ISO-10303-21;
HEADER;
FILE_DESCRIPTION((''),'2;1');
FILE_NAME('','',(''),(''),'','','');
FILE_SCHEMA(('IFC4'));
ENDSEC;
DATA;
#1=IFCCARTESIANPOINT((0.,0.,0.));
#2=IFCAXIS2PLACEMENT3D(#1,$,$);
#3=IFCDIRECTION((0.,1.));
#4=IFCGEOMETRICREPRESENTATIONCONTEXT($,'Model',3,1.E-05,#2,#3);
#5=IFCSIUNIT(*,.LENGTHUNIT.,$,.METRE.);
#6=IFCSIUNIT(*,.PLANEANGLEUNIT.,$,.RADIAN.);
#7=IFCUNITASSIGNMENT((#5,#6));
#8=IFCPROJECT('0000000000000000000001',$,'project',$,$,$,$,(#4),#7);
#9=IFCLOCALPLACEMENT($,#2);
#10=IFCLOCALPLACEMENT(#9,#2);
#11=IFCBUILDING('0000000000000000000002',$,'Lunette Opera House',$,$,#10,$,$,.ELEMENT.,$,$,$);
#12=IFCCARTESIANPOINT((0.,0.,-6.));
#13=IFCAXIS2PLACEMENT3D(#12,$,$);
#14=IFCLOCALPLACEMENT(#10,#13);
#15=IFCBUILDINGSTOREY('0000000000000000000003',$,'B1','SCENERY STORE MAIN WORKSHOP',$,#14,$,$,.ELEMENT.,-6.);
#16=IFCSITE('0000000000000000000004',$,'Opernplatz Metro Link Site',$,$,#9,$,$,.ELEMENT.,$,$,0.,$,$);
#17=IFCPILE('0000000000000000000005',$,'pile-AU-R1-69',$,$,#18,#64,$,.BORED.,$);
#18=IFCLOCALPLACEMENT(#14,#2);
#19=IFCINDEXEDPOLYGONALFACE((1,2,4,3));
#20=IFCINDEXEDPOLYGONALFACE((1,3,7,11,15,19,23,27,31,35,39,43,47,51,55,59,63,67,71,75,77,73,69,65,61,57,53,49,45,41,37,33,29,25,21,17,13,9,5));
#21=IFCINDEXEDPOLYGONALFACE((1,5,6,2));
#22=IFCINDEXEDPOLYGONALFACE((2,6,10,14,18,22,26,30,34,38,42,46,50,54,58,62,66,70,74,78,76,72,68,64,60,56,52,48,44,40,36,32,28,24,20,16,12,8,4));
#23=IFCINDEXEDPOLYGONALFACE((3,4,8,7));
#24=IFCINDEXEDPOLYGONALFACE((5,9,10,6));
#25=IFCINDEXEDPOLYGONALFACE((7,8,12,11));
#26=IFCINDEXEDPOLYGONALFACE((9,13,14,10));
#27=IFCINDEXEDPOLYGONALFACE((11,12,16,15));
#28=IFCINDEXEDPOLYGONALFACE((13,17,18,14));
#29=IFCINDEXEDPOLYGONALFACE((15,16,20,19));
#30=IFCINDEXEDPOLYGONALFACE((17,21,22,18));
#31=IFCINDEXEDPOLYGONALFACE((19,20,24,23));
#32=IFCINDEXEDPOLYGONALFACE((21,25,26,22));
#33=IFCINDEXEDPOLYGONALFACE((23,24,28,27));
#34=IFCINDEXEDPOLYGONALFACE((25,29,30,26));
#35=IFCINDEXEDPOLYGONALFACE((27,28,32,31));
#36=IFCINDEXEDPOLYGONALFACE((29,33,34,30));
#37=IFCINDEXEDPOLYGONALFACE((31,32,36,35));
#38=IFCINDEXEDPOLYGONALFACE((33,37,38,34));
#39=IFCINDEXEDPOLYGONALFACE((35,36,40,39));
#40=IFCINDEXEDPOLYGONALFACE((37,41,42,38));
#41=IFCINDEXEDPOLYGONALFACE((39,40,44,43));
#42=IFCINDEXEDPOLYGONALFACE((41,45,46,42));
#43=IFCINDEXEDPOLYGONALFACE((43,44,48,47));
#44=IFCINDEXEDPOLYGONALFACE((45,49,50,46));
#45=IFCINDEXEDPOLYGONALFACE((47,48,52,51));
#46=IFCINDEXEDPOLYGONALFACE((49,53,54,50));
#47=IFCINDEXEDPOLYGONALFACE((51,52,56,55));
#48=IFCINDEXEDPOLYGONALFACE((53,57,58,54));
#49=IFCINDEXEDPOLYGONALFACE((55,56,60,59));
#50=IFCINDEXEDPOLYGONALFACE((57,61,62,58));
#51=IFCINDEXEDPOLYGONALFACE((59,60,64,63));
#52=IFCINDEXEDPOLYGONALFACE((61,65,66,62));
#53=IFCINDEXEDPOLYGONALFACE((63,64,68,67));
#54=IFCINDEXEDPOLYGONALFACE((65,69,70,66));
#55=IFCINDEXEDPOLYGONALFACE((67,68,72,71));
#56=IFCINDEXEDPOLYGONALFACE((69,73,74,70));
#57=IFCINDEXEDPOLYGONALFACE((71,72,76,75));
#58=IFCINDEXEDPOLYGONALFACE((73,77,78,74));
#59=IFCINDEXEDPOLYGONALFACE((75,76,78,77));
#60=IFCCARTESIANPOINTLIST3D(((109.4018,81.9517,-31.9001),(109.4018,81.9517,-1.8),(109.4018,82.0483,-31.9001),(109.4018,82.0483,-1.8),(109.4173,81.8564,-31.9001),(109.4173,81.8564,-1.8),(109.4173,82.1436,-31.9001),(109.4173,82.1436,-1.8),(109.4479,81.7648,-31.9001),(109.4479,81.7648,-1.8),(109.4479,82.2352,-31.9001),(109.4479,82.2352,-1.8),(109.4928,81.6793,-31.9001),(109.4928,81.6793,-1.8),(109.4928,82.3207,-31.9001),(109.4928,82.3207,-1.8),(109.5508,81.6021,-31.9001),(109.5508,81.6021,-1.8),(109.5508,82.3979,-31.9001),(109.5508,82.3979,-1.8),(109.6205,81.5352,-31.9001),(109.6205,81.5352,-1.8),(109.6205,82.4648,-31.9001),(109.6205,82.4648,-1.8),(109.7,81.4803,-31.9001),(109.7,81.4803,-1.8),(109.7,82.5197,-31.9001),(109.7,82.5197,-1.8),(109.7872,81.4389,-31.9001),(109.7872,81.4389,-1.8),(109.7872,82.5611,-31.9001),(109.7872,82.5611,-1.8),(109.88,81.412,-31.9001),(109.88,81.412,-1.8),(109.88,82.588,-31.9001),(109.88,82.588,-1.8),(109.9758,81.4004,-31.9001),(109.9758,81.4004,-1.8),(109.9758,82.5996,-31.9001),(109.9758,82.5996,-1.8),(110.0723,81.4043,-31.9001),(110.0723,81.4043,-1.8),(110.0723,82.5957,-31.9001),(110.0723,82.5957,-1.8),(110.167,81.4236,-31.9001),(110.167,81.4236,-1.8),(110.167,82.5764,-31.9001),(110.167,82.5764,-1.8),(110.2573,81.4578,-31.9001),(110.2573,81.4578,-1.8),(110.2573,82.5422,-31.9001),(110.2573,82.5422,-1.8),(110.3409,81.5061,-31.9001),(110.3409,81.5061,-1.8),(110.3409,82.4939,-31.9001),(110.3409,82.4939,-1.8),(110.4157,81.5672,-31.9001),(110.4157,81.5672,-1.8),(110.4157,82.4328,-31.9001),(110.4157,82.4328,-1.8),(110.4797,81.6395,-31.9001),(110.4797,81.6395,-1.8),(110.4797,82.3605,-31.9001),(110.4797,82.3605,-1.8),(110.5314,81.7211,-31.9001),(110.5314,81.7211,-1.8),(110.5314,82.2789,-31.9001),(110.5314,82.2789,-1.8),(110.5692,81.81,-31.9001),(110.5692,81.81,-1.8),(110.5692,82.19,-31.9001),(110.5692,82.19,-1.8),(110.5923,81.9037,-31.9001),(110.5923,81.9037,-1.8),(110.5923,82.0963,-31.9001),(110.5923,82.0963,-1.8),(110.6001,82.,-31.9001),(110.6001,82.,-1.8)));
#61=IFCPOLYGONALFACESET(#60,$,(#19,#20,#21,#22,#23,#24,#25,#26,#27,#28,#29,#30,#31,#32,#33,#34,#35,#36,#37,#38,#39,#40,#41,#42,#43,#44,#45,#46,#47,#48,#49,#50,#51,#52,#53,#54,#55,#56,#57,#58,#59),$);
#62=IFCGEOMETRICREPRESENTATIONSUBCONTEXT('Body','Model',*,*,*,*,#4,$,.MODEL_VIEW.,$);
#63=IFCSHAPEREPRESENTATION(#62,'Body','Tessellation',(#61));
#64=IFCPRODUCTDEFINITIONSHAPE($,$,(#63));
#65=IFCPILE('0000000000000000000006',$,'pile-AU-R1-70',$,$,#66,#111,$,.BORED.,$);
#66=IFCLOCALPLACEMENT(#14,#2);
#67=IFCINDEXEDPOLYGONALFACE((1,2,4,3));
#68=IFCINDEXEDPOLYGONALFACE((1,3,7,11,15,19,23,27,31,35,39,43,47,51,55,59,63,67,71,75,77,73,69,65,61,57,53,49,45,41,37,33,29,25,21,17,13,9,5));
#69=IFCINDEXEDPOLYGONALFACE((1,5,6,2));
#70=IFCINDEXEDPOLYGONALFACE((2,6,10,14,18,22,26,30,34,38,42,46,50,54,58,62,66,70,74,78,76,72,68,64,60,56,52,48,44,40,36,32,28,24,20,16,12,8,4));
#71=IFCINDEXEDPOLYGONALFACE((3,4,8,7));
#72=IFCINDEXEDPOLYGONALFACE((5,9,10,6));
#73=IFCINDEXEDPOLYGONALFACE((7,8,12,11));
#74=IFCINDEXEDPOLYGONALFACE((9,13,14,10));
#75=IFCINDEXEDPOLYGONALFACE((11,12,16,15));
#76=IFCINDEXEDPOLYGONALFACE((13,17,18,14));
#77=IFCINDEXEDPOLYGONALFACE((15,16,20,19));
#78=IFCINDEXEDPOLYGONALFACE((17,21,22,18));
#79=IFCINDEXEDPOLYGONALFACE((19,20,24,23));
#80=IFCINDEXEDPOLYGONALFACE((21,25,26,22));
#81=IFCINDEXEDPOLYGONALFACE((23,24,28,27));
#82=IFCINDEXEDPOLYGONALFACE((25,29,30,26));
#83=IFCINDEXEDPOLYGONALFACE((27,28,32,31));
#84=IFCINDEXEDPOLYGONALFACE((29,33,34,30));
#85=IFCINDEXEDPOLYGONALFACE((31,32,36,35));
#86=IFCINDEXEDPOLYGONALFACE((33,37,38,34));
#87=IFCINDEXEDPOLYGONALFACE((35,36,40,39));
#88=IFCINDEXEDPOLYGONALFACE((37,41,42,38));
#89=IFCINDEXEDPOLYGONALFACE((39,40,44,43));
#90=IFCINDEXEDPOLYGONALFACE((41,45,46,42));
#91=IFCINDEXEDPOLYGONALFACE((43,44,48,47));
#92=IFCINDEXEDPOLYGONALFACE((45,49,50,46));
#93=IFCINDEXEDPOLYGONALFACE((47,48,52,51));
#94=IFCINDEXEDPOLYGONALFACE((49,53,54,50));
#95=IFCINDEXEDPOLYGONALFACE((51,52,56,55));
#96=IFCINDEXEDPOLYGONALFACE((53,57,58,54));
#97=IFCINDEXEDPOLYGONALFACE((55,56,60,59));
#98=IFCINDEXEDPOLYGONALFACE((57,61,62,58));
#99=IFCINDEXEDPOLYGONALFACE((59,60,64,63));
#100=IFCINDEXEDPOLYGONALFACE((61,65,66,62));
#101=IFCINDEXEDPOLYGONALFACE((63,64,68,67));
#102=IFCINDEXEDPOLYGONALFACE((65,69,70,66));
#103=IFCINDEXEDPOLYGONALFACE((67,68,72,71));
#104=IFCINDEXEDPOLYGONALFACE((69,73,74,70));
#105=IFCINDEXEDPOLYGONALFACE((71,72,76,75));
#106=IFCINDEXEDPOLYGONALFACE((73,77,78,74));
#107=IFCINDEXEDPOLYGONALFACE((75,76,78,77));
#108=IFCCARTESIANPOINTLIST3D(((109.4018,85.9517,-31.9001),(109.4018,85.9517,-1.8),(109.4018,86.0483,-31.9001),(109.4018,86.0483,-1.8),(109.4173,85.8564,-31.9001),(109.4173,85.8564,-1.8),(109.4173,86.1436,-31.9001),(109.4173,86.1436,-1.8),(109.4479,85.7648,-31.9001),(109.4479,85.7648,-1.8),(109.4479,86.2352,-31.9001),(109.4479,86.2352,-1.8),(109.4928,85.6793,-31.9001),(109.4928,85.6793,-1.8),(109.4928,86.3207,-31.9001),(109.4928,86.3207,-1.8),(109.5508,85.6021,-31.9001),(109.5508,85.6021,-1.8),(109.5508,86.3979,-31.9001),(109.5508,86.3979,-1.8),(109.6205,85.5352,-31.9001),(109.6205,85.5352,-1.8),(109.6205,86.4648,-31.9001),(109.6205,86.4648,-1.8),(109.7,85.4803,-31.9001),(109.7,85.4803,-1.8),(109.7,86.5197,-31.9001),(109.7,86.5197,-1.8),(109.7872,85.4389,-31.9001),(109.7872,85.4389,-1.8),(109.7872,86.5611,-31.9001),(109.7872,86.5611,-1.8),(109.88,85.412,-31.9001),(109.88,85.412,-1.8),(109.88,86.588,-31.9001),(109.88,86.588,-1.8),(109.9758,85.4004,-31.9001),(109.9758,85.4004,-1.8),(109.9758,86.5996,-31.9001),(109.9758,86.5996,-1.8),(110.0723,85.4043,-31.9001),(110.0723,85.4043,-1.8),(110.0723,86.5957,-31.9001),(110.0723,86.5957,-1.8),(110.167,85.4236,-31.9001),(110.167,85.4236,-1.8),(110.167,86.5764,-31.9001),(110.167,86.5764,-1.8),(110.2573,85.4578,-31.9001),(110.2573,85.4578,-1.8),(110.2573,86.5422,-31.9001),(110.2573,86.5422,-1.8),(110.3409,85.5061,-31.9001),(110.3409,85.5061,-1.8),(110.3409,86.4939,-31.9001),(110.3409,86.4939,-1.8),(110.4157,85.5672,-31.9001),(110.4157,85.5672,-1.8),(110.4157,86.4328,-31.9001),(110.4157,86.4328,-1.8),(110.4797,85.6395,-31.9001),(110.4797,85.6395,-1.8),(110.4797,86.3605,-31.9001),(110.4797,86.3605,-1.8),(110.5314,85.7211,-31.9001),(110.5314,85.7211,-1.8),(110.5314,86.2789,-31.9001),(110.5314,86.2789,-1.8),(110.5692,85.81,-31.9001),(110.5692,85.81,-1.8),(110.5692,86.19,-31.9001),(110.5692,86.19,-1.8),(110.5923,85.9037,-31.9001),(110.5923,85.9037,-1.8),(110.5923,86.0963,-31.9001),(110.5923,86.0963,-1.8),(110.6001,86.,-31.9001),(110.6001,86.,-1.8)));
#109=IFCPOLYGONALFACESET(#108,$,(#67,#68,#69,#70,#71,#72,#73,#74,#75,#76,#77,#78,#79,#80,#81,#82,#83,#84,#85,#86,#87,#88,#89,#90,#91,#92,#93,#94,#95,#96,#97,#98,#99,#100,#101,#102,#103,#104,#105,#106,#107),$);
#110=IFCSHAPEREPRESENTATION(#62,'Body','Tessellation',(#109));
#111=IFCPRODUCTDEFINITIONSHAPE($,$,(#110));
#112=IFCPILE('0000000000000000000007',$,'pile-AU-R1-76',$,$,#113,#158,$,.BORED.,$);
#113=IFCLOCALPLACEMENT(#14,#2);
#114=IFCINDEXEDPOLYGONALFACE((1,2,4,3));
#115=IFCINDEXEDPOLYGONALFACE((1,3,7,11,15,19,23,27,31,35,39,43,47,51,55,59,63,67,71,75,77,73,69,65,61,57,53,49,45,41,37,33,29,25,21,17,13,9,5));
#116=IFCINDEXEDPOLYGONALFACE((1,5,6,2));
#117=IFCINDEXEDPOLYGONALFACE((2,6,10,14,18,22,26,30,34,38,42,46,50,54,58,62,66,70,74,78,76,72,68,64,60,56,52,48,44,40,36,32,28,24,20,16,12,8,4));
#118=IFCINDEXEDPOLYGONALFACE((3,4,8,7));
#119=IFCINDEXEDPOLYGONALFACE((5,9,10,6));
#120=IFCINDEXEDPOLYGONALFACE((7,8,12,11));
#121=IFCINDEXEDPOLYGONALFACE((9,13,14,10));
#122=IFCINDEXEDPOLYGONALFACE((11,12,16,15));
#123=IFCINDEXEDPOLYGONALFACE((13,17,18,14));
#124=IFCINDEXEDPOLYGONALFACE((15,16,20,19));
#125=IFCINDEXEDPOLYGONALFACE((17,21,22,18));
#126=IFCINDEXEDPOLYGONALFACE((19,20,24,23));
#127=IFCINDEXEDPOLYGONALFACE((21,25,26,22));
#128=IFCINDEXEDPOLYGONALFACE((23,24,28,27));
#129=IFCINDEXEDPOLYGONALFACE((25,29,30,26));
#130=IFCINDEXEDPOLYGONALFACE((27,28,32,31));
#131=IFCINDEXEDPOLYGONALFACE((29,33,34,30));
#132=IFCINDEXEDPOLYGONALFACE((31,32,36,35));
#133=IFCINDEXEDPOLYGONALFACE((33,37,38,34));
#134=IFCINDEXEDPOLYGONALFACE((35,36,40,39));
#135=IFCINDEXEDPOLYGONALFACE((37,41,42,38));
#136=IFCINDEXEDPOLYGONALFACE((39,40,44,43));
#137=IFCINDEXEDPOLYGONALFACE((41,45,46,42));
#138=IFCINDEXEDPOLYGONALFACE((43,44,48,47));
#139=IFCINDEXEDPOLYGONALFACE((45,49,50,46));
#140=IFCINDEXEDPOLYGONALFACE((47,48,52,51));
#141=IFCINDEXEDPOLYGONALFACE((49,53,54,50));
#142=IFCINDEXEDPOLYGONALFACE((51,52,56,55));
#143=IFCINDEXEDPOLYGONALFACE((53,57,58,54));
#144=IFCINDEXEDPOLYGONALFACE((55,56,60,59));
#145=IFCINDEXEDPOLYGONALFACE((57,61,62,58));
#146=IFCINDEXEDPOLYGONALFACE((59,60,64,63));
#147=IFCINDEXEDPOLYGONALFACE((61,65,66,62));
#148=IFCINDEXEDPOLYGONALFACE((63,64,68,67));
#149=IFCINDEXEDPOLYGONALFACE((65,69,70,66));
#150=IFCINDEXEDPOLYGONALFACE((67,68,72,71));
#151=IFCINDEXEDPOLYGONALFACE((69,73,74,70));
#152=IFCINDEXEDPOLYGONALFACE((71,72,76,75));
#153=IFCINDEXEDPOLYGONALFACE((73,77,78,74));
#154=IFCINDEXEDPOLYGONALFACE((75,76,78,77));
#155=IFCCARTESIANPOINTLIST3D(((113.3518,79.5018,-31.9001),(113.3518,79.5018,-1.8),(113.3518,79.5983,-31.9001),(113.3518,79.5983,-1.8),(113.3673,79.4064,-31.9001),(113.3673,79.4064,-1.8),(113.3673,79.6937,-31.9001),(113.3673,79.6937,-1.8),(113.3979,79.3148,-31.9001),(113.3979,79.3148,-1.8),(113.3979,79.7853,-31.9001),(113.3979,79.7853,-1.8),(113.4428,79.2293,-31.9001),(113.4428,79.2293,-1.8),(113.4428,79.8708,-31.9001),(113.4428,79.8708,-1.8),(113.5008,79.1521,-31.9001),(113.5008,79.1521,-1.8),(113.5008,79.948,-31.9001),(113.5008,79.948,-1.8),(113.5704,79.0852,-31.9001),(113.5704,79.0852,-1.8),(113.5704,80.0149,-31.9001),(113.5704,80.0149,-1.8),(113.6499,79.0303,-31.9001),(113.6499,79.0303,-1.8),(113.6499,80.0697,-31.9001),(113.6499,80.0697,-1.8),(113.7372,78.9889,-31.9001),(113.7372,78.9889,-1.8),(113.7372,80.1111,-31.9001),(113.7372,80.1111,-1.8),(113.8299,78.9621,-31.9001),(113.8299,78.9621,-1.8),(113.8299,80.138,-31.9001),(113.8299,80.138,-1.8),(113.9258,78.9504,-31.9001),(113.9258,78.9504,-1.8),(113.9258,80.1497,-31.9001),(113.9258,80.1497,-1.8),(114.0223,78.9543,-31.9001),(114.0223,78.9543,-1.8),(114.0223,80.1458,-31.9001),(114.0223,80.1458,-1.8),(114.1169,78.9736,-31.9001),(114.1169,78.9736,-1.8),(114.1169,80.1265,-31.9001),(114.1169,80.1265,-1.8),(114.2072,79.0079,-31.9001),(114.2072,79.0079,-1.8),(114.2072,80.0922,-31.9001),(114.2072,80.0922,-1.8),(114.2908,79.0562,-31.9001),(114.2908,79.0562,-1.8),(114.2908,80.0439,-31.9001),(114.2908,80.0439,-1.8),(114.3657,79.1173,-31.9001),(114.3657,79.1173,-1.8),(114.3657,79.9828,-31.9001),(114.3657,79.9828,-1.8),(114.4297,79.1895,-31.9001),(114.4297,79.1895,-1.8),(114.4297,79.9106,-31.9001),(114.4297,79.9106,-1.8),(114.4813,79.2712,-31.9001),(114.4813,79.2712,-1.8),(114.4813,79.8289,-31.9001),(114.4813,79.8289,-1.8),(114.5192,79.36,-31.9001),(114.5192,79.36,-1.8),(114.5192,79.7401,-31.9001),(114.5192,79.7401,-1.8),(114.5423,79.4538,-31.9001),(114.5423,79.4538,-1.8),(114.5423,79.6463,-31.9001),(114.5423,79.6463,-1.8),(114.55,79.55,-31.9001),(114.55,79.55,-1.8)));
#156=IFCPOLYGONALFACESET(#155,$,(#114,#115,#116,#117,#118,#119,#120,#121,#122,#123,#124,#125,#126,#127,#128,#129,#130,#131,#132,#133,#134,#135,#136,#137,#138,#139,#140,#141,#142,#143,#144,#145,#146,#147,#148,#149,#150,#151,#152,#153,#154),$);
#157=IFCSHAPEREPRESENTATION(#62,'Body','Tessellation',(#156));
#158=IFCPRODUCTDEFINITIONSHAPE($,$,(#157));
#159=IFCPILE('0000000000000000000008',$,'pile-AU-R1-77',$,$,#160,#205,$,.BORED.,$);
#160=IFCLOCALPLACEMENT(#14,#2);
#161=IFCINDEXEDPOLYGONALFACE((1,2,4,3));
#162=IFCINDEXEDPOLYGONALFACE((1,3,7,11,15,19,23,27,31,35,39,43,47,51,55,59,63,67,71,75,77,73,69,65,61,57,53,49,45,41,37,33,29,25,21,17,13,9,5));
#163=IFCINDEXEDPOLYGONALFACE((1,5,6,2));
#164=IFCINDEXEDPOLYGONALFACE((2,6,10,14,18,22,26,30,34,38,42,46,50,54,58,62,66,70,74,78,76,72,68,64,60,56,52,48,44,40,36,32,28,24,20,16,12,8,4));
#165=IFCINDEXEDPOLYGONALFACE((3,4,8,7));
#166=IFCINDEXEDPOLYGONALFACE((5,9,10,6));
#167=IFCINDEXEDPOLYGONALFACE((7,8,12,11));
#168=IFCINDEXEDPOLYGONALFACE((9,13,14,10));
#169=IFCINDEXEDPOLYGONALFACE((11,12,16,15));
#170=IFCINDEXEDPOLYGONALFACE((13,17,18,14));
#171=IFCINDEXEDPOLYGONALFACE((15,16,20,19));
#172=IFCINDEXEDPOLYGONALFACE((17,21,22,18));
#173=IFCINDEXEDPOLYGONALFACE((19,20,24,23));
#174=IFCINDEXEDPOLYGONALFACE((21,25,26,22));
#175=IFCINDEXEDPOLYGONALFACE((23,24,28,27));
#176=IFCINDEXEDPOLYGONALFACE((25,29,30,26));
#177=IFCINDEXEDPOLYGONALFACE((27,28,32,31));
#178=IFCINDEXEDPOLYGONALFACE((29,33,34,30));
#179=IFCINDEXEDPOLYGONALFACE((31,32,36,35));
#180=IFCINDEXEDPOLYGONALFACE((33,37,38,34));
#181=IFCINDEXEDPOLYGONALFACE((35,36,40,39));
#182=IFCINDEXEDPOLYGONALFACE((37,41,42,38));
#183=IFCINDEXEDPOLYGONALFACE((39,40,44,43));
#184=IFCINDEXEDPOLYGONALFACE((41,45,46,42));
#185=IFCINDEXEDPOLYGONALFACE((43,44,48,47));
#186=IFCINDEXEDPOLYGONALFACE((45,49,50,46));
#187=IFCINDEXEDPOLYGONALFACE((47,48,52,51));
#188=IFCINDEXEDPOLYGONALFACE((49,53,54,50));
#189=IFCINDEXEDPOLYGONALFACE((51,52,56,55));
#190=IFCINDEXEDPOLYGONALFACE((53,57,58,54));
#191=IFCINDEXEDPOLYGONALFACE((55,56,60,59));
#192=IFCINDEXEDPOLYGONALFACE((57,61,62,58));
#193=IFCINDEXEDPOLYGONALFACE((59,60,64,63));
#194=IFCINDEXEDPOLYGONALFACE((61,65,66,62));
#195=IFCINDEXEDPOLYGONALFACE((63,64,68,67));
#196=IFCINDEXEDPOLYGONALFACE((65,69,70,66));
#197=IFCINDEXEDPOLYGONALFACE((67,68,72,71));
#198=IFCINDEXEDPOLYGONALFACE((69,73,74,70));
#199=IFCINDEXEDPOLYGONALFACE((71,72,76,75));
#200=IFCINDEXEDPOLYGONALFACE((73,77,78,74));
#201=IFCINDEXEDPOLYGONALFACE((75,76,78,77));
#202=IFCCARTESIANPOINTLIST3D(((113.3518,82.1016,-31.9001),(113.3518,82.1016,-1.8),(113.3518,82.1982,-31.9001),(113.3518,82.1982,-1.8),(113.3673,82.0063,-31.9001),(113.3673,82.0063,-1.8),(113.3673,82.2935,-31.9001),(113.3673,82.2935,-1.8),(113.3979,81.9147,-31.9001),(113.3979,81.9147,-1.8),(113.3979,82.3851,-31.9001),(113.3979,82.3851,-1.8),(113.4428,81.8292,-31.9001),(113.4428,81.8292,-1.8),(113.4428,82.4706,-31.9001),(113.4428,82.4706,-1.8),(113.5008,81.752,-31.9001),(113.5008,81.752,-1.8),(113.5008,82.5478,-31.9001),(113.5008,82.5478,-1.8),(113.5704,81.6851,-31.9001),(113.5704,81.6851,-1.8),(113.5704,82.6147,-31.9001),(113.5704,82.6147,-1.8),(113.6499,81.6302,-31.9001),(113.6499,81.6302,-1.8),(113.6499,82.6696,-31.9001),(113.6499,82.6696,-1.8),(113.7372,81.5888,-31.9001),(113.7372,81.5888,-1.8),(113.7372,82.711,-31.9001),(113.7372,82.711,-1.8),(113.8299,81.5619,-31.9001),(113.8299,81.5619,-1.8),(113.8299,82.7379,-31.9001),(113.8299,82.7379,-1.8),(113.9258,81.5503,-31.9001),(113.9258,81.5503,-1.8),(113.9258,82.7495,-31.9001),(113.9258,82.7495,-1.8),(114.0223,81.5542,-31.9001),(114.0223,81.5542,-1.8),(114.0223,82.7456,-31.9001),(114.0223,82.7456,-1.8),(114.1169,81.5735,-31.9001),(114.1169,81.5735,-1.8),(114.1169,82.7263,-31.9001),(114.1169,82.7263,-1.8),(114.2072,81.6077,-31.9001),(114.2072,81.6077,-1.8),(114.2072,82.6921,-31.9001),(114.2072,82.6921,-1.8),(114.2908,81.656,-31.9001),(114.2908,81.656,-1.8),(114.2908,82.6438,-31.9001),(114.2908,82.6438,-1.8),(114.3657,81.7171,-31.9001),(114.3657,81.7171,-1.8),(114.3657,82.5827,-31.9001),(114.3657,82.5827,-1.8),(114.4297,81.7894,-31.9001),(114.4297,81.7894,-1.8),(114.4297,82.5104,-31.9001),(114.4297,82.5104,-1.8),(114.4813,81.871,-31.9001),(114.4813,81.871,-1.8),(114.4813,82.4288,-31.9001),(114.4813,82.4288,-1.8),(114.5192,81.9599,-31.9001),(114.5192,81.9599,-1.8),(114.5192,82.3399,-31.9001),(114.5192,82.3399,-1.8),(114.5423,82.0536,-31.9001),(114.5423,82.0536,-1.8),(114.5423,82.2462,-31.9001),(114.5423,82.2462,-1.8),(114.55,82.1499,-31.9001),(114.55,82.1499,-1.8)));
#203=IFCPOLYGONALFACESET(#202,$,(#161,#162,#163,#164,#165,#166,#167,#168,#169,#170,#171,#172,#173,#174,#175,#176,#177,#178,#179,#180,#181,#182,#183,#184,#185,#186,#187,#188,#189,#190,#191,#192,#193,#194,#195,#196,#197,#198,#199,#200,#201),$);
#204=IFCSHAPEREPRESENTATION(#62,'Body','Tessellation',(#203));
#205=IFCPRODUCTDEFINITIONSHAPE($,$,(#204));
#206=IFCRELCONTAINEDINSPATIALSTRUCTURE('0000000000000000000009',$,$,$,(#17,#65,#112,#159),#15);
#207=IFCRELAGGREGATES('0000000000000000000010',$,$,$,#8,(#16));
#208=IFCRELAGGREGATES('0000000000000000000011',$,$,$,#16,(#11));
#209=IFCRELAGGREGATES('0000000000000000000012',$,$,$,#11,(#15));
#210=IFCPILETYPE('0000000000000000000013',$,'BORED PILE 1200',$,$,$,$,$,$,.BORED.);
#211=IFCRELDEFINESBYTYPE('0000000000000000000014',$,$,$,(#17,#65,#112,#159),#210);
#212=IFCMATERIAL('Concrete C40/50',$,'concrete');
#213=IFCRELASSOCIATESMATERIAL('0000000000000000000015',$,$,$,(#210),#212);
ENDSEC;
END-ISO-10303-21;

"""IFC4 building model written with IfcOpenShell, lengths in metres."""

from ifc_helpers import new_model, si_unit, direction, frame, origin, origin_2d, place, context, subcontext, project, spatial, circle, extrude, material, material_profile, profile_set, type_object, element, save


model = new_model("IFC4")

# Units and contexts
model_context = context("Model", 3, precision=1e-05, world=origin(), true_north=direction((0.0, 1.0)))
body_context = subcontext(model_context, "Body", "Model", "MODEL_VIEW")
ifc_project = project(units=[si_unit("LENGTHUNIT", "METRE"), si_unit("PLANEANGLEUNIT", "RADIAN")], contexts=[model_context])

# Site, building, storey
site_placement = place(None, origin())
site = spatial("IfcSite", under=ifc_project, at=site_placement, Name="Opernplatz Metro Link Site", CompositionType="ELEMENT", RefElevation=0.0)
building_placement = place(site_placement, origin())
building = spatial("IfcBuilding", under=site, at=building_placement, Name="Lunette Opera House", CompositionType="ELEMENT")
storey_placement = place(building_placement, frame((0.0, 0.0, -6.0)))
storey = spatial("IfcBuildingStorey", under=building, at=storey_placement, Name="B1", Description="SCENERY STORE MAIN WORKSHOP", CompositionType="ELEMENT", Elevation=-6.0)

# Piles
ifc_material_1 = material(Name="Concrete C40/50", Category="concrete")
ifc_material_profile = material_profile(ifc_material_1, circle(Radius=0.6001, at=origin_2d()), Name="BORED PILE 1200")
ifc_profile_set = profile_set([ifc_material_profile], Name="Concrete C40/50")
pile_type = type_object("IfcPileType", Name="BORED PILE 1200", PredefinedType="BORED", material=ifc_profile_set)
for number, where, z_axis, x_axis, name in (
    (1, (110.0, 82.0, -1.8), (0.0, 0.0, -1.0), (1.0, 0.0, 0.0), "pile-AU-R1-69"),
    (2, (110.0, 86.0, -1.8), (0.0, 0.0, -1.0), (1.0, 0.0, 0.0), "pile-AU-R1-70"),
    (3, (113.95, 79.55, -1.8), (0.0, 0.0, -1.0), (1.0, 0.0, 0.0), "pile-AU-R1-76"),
    (4, (113.95, 82.1499, -1.8), (0.0, 0.0, -1.0), (1.0, 0.0, 0.0), "pile-AU-R1-77"),
):
    element("IfcPile", number, at=place(storey_placement, frame(where, z_axis=z_axis, x_axis=x_axis)), inside=storey, type_object=pile_type, Name=name, PredefinedType="BORED", context=body_context, shape_type="SweptSolid", body=[
        extrude(circle(Radius=0.6001, at=origin_2d()), origin(), (0.0, 0.0, 1.0), 30.1001),
    ])

save(model, "model.ifc")
